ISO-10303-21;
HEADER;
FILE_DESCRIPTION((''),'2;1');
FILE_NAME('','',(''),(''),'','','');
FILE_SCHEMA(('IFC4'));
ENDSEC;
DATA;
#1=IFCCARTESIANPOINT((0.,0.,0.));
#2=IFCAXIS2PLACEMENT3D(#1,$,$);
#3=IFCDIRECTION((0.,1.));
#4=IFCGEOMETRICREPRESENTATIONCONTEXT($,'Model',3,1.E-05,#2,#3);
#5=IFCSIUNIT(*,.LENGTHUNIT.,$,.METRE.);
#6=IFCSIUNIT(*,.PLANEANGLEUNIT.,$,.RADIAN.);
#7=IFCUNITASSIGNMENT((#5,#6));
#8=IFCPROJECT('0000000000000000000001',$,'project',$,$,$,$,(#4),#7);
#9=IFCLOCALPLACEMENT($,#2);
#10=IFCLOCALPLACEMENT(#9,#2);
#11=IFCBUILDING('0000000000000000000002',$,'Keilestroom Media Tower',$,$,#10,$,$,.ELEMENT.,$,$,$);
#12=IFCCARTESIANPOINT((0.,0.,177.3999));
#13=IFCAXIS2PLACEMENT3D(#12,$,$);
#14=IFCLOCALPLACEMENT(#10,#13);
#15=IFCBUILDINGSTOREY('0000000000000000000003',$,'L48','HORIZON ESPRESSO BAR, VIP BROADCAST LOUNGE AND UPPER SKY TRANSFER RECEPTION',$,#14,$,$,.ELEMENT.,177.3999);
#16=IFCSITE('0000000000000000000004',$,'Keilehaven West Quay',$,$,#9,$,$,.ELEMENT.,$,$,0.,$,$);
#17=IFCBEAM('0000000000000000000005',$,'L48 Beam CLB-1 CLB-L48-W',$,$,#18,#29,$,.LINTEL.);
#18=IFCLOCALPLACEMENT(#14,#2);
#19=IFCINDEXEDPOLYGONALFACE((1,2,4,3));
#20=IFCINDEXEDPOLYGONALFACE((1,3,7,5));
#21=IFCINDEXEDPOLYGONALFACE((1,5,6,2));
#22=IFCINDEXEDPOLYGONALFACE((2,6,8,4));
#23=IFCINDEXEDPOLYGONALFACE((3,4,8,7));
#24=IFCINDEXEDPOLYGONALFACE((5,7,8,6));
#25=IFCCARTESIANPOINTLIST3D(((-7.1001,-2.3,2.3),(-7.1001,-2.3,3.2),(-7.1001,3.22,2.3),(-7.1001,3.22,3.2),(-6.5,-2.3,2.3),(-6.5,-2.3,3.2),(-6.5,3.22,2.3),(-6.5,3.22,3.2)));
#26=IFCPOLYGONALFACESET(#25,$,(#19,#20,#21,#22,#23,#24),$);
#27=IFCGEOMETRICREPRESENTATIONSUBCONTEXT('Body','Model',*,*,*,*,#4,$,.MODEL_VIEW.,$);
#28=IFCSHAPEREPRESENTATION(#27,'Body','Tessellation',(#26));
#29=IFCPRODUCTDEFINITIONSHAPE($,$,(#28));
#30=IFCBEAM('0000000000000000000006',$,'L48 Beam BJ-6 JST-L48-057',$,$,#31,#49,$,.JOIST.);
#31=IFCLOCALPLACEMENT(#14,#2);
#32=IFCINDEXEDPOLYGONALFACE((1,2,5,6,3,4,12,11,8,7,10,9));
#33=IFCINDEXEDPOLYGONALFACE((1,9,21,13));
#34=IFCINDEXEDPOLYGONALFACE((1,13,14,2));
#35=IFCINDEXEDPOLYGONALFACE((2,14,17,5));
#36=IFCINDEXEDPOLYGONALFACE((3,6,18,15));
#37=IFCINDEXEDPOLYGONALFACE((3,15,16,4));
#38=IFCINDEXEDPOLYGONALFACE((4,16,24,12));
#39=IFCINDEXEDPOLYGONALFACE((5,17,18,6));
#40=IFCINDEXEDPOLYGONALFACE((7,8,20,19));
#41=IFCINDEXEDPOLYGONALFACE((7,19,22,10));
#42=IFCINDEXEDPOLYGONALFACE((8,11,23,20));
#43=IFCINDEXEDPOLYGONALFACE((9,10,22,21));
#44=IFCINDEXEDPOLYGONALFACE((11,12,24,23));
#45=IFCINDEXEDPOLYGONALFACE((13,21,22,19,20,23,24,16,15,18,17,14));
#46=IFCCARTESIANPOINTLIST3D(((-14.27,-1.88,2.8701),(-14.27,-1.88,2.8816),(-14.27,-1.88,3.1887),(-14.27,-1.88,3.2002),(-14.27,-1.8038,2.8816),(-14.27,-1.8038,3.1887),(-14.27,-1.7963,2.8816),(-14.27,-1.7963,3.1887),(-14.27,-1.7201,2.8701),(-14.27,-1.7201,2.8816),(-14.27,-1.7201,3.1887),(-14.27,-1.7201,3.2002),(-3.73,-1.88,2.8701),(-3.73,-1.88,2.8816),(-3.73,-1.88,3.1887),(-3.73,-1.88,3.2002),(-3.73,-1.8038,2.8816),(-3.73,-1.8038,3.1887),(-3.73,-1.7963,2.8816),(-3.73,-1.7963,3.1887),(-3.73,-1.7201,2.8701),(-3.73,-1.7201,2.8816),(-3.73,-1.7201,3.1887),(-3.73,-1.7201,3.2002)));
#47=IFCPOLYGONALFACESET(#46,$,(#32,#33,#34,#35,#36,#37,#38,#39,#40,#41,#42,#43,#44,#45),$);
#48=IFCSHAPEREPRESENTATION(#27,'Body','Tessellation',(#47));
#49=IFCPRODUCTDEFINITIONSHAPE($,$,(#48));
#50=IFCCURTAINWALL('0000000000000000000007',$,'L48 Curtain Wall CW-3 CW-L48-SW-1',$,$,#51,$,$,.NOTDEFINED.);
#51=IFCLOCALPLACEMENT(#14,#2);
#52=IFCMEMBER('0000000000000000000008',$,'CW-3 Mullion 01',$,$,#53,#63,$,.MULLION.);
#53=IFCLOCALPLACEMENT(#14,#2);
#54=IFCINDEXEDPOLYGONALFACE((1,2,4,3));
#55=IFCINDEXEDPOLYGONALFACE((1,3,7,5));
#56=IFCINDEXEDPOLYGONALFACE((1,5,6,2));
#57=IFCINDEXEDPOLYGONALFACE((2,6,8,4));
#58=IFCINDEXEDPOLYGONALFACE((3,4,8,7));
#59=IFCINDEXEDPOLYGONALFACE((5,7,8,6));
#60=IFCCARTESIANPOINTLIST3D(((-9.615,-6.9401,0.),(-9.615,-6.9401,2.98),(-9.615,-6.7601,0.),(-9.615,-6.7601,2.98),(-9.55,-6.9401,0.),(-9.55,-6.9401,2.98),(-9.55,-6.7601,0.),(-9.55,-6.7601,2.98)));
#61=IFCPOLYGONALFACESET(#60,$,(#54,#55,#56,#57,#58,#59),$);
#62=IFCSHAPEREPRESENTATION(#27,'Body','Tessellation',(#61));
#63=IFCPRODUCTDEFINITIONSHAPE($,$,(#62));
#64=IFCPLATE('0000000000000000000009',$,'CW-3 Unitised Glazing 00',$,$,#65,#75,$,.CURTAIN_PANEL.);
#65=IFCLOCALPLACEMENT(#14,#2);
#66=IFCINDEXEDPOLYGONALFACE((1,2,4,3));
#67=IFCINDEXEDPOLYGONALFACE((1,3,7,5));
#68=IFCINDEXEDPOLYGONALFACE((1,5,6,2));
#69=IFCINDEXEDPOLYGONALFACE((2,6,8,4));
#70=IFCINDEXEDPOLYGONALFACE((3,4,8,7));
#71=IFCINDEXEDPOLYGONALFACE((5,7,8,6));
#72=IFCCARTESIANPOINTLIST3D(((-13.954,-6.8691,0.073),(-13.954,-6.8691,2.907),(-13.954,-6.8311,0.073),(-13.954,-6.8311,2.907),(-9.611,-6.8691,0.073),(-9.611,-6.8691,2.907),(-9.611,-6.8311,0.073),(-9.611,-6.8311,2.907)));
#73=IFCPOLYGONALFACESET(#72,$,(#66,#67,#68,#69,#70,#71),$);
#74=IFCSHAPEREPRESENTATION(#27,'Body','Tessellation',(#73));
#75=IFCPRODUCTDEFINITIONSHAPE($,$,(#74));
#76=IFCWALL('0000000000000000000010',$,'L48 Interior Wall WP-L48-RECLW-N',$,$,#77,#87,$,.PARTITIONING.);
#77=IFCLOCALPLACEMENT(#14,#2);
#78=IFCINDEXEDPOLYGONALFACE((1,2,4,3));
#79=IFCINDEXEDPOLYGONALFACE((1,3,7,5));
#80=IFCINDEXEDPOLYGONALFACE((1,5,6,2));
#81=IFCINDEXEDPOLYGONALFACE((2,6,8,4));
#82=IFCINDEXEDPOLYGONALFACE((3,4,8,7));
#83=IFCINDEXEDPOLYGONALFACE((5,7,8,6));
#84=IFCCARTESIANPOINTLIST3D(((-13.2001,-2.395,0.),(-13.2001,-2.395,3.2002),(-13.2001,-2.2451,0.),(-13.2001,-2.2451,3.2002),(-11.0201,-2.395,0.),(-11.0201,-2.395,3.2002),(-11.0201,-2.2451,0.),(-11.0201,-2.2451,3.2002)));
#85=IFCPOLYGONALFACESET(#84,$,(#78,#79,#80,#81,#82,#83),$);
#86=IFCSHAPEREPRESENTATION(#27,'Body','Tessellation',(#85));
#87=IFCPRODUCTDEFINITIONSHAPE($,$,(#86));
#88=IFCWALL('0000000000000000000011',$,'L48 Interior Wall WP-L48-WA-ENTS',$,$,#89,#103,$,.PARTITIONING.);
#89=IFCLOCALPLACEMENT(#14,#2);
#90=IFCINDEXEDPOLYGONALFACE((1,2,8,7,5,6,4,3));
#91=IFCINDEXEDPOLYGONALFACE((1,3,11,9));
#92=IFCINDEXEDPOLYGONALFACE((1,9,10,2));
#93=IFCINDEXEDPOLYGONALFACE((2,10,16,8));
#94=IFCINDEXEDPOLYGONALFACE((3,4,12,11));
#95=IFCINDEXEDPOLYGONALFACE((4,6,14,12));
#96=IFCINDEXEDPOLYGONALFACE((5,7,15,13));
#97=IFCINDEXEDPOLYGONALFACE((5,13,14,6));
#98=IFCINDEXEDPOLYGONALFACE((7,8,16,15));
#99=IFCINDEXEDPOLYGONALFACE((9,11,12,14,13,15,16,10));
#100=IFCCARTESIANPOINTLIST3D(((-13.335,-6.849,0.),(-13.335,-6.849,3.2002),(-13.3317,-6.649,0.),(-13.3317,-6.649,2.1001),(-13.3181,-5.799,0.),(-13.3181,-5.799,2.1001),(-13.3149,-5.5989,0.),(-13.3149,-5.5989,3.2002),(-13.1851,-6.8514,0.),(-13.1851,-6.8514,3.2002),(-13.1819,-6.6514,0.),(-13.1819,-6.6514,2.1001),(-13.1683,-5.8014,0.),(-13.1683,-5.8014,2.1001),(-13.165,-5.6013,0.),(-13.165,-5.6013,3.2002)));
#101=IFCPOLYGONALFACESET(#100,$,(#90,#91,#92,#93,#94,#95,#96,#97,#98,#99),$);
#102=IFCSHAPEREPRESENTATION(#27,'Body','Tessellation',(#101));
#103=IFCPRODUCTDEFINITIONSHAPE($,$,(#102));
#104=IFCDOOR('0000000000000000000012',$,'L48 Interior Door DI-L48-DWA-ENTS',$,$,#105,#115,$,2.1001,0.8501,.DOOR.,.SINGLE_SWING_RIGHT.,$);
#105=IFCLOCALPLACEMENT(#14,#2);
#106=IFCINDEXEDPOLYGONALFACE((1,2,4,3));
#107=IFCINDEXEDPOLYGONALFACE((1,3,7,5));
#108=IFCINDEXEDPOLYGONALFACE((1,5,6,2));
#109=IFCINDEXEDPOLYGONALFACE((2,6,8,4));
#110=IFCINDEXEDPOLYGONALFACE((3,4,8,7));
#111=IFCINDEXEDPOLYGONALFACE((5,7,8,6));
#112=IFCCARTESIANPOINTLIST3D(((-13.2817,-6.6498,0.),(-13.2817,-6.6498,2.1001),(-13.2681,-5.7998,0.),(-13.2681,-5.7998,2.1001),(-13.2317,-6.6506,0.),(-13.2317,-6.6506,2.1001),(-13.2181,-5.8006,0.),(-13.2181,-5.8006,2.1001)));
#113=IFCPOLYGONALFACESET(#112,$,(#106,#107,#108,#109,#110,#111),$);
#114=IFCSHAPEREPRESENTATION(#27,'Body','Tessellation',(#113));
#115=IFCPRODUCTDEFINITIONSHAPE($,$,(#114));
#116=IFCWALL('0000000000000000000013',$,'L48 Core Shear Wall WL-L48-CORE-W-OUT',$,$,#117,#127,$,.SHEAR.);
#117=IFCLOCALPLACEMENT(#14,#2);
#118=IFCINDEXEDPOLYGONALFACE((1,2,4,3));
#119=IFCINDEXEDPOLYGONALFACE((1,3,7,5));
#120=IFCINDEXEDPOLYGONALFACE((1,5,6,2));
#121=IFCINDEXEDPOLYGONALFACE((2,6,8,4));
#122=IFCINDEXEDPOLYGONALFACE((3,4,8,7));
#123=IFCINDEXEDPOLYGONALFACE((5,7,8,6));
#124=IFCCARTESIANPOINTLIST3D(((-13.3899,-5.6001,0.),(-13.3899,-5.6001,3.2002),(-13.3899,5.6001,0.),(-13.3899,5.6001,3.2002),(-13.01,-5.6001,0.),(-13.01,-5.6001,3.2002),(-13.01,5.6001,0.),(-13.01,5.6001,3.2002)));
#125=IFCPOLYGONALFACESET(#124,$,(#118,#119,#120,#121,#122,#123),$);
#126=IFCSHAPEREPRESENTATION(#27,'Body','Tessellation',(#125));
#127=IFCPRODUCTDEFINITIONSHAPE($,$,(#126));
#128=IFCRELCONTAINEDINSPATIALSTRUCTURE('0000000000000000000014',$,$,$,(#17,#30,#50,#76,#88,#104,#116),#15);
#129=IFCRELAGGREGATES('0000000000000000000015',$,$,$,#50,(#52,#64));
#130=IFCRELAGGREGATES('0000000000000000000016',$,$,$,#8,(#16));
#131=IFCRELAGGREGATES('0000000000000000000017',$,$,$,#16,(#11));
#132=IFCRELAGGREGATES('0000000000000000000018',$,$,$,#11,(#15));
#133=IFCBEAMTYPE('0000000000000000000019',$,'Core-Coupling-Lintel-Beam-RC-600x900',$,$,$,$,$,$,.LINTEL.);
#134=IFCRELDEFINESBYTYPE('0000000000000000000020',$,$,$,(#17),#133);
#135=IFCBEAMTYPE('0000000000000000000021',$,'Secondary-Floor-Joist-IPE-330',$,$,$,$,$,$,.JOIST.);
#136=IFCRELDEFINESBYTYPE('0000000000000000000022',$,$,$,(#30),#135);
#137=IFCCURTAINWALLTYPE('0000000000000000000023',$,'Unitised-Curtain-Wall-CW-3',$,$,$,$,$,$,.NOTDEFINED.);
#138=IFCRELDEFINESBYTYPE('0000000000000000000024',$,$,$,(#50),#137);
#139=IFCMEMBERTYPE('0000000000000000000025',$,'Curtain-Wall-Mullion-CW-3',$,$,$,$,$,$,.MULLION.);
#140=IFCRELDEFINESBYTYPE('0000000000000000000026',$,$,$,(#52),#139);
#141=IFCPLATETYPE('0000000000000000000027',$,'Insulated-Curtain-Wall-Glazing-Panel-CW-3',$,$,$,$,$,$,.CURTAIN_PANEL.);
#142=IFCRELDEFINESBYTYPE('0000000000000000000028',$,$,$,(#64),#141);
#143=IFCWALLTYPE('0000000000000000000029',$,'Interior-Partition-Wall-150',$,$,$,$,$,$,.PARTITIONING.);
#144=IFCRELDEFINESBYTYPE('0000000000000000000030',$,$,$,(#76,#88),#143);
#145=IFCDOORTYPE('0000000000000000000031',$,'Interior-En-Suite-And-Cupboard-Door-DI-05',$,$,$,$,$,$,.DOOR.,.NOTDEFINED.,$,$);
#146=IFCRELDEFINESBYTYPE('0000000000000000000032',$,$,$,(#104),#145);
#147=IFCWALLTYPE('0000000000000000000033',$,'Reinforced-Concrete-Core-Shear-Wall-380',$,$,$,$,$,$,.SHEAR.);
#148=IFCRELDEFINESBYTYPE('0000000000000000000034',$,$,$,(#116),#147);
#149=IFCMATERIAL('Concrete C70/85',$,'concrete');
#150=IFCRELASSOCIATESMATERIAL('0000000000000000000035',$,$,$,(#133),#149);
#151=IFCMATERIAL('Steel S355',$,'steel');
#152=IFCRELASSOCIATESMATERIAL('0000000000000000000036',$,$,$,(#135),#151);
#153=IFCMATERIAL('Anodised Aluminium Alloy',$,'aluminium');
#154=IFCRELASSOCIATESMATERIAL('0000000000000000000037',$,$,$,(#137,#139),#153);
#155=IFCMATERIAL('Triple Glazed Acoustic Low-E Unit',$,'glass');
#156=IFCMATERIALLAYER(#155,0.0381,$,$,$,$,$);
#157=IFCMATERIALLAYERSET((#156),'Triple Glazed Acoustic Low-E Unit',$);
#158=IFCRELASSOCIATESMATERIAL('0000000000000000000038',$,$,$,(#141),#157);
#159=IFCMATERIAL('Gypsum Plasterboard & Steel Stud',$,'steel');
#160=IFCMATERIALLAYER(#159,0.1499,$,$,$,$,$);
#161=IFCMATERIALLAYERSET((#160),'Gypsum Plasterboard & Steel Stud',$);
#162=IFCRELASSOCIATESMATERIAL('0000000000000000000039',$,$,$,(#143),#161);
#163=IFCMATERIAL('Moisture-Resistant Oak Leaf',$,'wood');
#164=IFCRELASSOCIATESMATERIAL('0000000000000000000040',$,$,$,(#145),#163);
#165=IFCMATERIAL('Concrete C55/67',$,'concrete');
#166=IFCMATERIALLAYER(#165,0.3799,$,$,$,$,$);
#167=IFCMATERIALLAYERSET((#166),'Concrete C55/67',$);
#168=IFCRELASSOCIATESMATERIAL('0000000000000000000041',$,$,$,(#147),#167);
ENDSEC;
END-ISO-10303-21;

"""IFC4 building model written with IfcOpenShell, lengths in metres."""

from ifc_helpers import new_model, si_unit, direction, frame, frame_2d, origin, origin_2d, place, context, subcontext, project, spatial, rectangle, i_section, extrude, source, transform, mapped, material, layer, layer_set, material_profile, profile_set, type_object, element, fill, aggregate, save


model = new_model("IFC4")

# Units and contexts
model_context = context("Model", 3, precision=1e-05, world=origin(), true_north=direction((0.0, 1.0)))
body_context = subcontext(model_context, "Body", "Model", "MODEL_VIEW")
ifc_project = project(units=[si_unit("LENGTHUNIT", "METRE"), si_unit("PLANEANGLEUNIT", "RADIAN")], contexts=[model_context])

# Site, building, storey
site_placement = place(None, origin())
site = spatial("IfcSite", under=ifc_project, at=site_placement, Name="Keilehaven West Quay", CompositionType="ELEMENT", RefElevation=0.0)
building_placement = place(site_placement, origin())
building = spatial("IfcBuilding", under=site, at=building_placement, Name="Keilestroom Media Tower", CompositionType="ELEMENT")
storey_placement = place(building_placement, frame((0.0, 0.0, 177.3999)))
storey = spatial("IfcBuildingStorey", under=building, at=storey_placement, Name="L48", Description="HORIZON ESPRESSO BAR, VIP BROADCAST LOUNGE AND UPPER SKY TRANSFER RECEPTION", CompositionType="ELEMENT", Elevation=177.3999)

# Beams
ifc_material_1 = material(Name="Concrete C70/85", Category="concrete")
ifc_material_profile_1 = material_profile(ifc_material_1, rectangle(XDim=0.6001, YDim=0.8999, at=origin_2d()), Name="RC 600x900")
ifc_profile_set_1 = profile_set([ifc_material_profile_1], Name="Concrete C70/85")
beam_type_1 = type_object("IfcBeamType", Name="Core-Coupling-Lintel-Beam-RC-600x900", PredefinedType="LINTEL", material=ifc_profile_set_1)
shared_shape_1 = source(origin(), body_context, "Body", "SweptSolid", [
    extrude(rectangle(XDim=0.6001, YDim=0.8999, at=origin_2d()), origin(), (0.0, 0.0, 1.0), 5.52),
])
beam_1_placement = place(storey_placement, frame((-6.8, -2.3, 2.75), z_axis=(0.0, 1.0, 0.0), x_axis=(-1.0, 0.0, 0.0)))
element("IfcBeam", 1, at=beam_1_placement, inside=storey, type_object=beam_type_1, Name="L48 Beam CLB-1 CLB-L48-W", PredefinedType="LINTEL", context=body_context, shape_type="MappedRepresentation", body=[
    mapped(shared_shape_1, transform((0.0, 0.0, 0.0), x_axis=(1.0, 0.0, 0.0), y_axis=(0.0, 1.0, 0.0), z_axis=(0.0, 0.0, 1.0), scale=1.0)),
])
ifc_material_2 = material(Name="Steel S355", Category="steel")
ifc_material_profile_2 = material_profile(ifc_material_2, i_section(OverallWidth=0.1599, OverallDepth=0.3301, WebThickness=0.0076, FlangeThickness=0.0115, at=origin_2d()), Name="IPE 330")
ifc_profile_set_2 = profile_set([ifc_material_profile_2], Name="Steel S355")
beam_type_2 = type_object("IfcBeamType", Name="Secondary-Floor-Joist-IPE-330", PredefinedType="JOIST", material=ifc_profile_set_2)
shared_shape_2 = source(origin(), body_context, "Body", "SweptSolid", [
    extrude(i_section(OverallWidth=0.1599, OverallDepth=0.3301, WebThickness=0.0076, FlangeThickness=0.0115, at=origin_2d()), origin(), (0.0, 0.0, 1.0), 10.54),
])
beam_2_placement = place(storey_placement, frame((-14.27, -1.8, 3.0352), z_axis=(1.0, 0.0, 0.0), x_axis=(0.0, 1.0, 0.0)))
element("IfcBeam", 2, at=beam_2_placement, inside=storey, type_object=beam_type_2, Name="L48 Beam BJ-6 JST-L48-057", PredefinedType="JOIST", context=body_context, shape_type="MappedRepresentation", body=[
    mapped(shared_shape_2, transform((0.0, 0.0, 0.0), x_axis=(1.0, 0.0, 0.0), y_axis=(0.0, 1.0, 0.0), z_axis=(0.0, 0.0, 1.0), scale=1.0)),
])

# Curtain wall, member, plate
ifc_material_3 = material(Name="Anodised Aluminium Alloy", Category="aluminium")
curtain_wall_type = type_object("IfcCurtainWallType", Name="Unitised-Curtain-Wall-CW-3", PredefinedType="NOTDEFINED", material=ifc_material_3)
curtain_wall_placement = place(storey_placement, origin())
curtain_wall = element("IfcCurtainWall", 3, at=curtain_wall_placement, inside=storey, type_object=curtain_wall_type, Name="L48 Curtain Wall CW-3 CW-L48-SW-1", PredefinedType="NOTDEFINED")
ifc_material_profile_3 = material_profile(ifc_material_3, rectangle(XDim=0.0649, YDim=0.1799, at=origin_2d()), Name="ALU MULLION 65x180")
ifc_profile_set_3 = profile_set([ifc_material_profile_3], Name="Anodised Aluminium Alloy")
member_type = type_object("IfcMemberType", Name="Curtain-Wall-Mullion-CW-3", PredefinedType="MULLION", material=ifc_profile_set_3)
shared_shape_3 = source(origin(), body_context, "Body", "SweptSolid", [
    extrude(rectangle(XDim=0.0649, YDim=0.1799, at=origin_2d()), origin(), (0.0, 0.0, 1.0), 2.98),
])
member_placement = place(storey_placement, frame((-9.5825, -6.8501, 0.0), z_axis=(0.0, 0.0, 1.0), x_axis=(1.0, 0.0, 0.0)))
member = element("IfcMember", 4, at=member_placement, type_object=member_type, Name="CW-3 Mullion 01", PredefinedType="MULLION", context=body_context, shape_type="MappedRepresentation", body=[
    mapped(shared_shape_3, transform((0.0, 0.0, 0.0), x_axis=(1.0, 0.0, 0.0), y_axis=(0.0, 1.0, 0.0), z_axis=(0.0, 0.0, 1.0), scale=1.0)),
])
ifc_material_4 = material(Name="Triple Glazed Acoustic Low-E Unit", Category="glass")
ifc_layer_1 = layer(ifc_material_4, 0.0381)
ifc_layer_set_1 = layer_set([ifc_layer_1], Name="Triple Glazed Acoustic Low-E Unit")
plate_type = type_object("IfcPlateType", Name="Insulated-Curtain-Wall-Glazing-Panel-CW-3", PredefinedType="CURTAIN_PANEL", material=ifc_layer_set_1)
shared_shape_4 = source(origin(), body_context, "Body", "SweptSolid", [
    extrude(rectangle(XDim=4.343, YDim=0.0381, at=origin_2d()), origin(), (0.0, 0.0, 1.0), 2.834),
])
plate_placement = place(storey_placement, frame((-11.7825, -6.8501, 0.073), z_axis=(0.0, 0.0, 1.0), x_axis=(1.0, 0.0, 0.0)))
plate = element("IfcPlate", 5, at=plate_placement, type_object=plate_type, Name="CW-3 Unitised Glazing 00", PredefinedType="CURTAIN_PANEL", context=body_context, shape_type="MappedRepresentation", body=[
    mapped(shared_shape_4, transform((0.0, 0.0, 0.0), x_axis=(1.0, 0.0, 0.0), y_axis=(0.0, 1.0, 0.0), z_axis=(0.0, 0.0, 1.0), scale=1.0)),
])
aggregate(curtain_wall, [member, plate])

# Wall
ifc_material_5 = material(Name="Gypsum Plasterboard & Steel Stud", Category="steel")
ifc_layer_2 = layer(ifc_material_5, 0.1499)
ifc_layer_set_2 = layer_set([ifc_layer_2], Name="Gypsum Plasterboard & Steel Stud")
wall_type_1 = type_object("IfcWallType", Name="Interior-Partition-Wall-150", PredefinedType="PARTITIONING", material=ifc_layer_set_2)
wall_1_placement = place(storey_placement, frame((-13.2, -2.3201, 0.0), z_axis=(0.0, 0.0, 1.0), x_axis=(1.0, 0.0, 0.0)))
element("IfcWall", 6, at=wall_1_placement, inside=storey, type_object=wall_type_1, Name="L48 Interior Wall WP-L48-RECLW-N", PredefinedType="PARTITIONING", context=body_context, shape_type="SweptSolid", body=[
    extrude(rectangle(XDim=2.1799, YDim=0.1499, at=frame_2d((1.0898, 0.0))), origin(), (0.0, 0.0, 1.0), 3.2002),
])

# Wall, opening, door
wall_2_placement = place(storey_placement, frame((-13.26, -6.8501, 0.0), z_axis=(0.0, 0.0, 1.0), x_axis=(0.016014, 0.999872, 0.0)))
wall_2 = element("IfcWall", 7, at=wall_2_placement, inside=storey, type_object=wall_type_1, Name="L48 Interior Wall WP-L48-WA-ENTS", PredefinedType="PARTITIONING", context=body_context, shape_type="SweptSolid", body=[
    extrude(rectangle(XDim=1.2502, YDim=0.1499, at=frame_2d((0.625, 0.0))), origin(), (0.0, 0.0, 1.0), 3.2002),
])
opening_1_placement = place(wall_2_placement, frame((0.2, 0.0, 0.0)))
opening_1 = element("IfcOpeningElement", 8, at=opening_1_placement, cuts=wall_2, PredefinedType="OPENING", context=body_context, shape_type="SweptSolid", body=[
    extrude(rectangle(XDim=0.8501, YDim=2.1001, at=frame_2d((0.425, 1.05))), frame((0.0, 0.085, 0.0), z_axis=(0.0, -1.0, 0.0), x_axis=(1.0, 0.0, 0.0)), (0.0, 0.0, 1.0), 0.1699),
])
ifc_material_6 = material(Name="Moisture-Resistant Oak Leaf", Category="wood")
door_type_1 = type_object("IfcDoorType", Name="Interior-En-Suite-And-Cupboard-Door-DI-05", OperationType="NOTDEFINED", PredefinedType="DOOR", material=ifc_material_6)
shared_shape_5 = source(origin(), body_context, "Body", "SweptSolid", [
    extrude(rectangle(XDim=0.8501, YDim=2.1001, at=frame_2d((0.425, 1.05))), frame((0.0, 0.0249, 0.0), z_axis=(0.0, -1.0, 0.0), x_axis=(1.0, 0.0, 0.0)), (0.0, 0.0, 1.0), 0.05),
])
door_1_placement = place(opening_1_placement, origin())
door_1 = element("IfcDoor", 9, at=door_1_placement, inside=storey, type_object=door_type_1, Name="L48 Interior Door DI-L48-DWA-ENTS", OperationType="SINGLE_SWING_RIGHT", OverallHeight=2.1001, OverallWidth=0.8501, PredefinedType="DOOR", context=body_context, shape_type="MappedRepresentation", body=[
    mapped(shared_shape_5, transform((0.0, 0.0, 0.0), x_axis=(1.0, 0.0, 0.0), y_axis=(0.0, 1.0, 0.0), z_axis=(0.0, 0.0, 1.0), scale=1.0)),
])
fill(opening_1, door_1)

# Wall
ifc_material_7 = material(Name="Concrete C55/67", Category="concrete")
ifc_layer_3 = layer(ifc_material_7, 0.3799)
ifc_layer_set_3 = layer_set([ifc_layer_3], Name="Concrete C55/67")
wall_type_2 = type_object("IfcWallType", Name="Reinforced-Concrete-Core-Shear-Wall-380", PredefinedType="SHEAR", material=ifc_layer_set_3)
wall_3_placement = place(storey_placement, frame((-13.2, -5.6001, 0.0), z_axis=(0.0, 0.0, 1.0), x_axis=(0.0, 1.0, 0.0)))
element("IfcWall", 10, at=wall_3_placement, inside=storey, type_object=wall_type_2, Name="L48 Core Shear Wall WL-L48-CORE-W-OUT", PredefinedType="SHEAR", context=body_context, shape_type="SweptSolid", body=[
    extrude(rectangle(XDim=11.2002, YDim=0.3799, at=frame_2d((5.6001, 0.0))), origin(), (0.0, 0.0, 1.0), 3.2002),
])

save(model, "model.ifc")
